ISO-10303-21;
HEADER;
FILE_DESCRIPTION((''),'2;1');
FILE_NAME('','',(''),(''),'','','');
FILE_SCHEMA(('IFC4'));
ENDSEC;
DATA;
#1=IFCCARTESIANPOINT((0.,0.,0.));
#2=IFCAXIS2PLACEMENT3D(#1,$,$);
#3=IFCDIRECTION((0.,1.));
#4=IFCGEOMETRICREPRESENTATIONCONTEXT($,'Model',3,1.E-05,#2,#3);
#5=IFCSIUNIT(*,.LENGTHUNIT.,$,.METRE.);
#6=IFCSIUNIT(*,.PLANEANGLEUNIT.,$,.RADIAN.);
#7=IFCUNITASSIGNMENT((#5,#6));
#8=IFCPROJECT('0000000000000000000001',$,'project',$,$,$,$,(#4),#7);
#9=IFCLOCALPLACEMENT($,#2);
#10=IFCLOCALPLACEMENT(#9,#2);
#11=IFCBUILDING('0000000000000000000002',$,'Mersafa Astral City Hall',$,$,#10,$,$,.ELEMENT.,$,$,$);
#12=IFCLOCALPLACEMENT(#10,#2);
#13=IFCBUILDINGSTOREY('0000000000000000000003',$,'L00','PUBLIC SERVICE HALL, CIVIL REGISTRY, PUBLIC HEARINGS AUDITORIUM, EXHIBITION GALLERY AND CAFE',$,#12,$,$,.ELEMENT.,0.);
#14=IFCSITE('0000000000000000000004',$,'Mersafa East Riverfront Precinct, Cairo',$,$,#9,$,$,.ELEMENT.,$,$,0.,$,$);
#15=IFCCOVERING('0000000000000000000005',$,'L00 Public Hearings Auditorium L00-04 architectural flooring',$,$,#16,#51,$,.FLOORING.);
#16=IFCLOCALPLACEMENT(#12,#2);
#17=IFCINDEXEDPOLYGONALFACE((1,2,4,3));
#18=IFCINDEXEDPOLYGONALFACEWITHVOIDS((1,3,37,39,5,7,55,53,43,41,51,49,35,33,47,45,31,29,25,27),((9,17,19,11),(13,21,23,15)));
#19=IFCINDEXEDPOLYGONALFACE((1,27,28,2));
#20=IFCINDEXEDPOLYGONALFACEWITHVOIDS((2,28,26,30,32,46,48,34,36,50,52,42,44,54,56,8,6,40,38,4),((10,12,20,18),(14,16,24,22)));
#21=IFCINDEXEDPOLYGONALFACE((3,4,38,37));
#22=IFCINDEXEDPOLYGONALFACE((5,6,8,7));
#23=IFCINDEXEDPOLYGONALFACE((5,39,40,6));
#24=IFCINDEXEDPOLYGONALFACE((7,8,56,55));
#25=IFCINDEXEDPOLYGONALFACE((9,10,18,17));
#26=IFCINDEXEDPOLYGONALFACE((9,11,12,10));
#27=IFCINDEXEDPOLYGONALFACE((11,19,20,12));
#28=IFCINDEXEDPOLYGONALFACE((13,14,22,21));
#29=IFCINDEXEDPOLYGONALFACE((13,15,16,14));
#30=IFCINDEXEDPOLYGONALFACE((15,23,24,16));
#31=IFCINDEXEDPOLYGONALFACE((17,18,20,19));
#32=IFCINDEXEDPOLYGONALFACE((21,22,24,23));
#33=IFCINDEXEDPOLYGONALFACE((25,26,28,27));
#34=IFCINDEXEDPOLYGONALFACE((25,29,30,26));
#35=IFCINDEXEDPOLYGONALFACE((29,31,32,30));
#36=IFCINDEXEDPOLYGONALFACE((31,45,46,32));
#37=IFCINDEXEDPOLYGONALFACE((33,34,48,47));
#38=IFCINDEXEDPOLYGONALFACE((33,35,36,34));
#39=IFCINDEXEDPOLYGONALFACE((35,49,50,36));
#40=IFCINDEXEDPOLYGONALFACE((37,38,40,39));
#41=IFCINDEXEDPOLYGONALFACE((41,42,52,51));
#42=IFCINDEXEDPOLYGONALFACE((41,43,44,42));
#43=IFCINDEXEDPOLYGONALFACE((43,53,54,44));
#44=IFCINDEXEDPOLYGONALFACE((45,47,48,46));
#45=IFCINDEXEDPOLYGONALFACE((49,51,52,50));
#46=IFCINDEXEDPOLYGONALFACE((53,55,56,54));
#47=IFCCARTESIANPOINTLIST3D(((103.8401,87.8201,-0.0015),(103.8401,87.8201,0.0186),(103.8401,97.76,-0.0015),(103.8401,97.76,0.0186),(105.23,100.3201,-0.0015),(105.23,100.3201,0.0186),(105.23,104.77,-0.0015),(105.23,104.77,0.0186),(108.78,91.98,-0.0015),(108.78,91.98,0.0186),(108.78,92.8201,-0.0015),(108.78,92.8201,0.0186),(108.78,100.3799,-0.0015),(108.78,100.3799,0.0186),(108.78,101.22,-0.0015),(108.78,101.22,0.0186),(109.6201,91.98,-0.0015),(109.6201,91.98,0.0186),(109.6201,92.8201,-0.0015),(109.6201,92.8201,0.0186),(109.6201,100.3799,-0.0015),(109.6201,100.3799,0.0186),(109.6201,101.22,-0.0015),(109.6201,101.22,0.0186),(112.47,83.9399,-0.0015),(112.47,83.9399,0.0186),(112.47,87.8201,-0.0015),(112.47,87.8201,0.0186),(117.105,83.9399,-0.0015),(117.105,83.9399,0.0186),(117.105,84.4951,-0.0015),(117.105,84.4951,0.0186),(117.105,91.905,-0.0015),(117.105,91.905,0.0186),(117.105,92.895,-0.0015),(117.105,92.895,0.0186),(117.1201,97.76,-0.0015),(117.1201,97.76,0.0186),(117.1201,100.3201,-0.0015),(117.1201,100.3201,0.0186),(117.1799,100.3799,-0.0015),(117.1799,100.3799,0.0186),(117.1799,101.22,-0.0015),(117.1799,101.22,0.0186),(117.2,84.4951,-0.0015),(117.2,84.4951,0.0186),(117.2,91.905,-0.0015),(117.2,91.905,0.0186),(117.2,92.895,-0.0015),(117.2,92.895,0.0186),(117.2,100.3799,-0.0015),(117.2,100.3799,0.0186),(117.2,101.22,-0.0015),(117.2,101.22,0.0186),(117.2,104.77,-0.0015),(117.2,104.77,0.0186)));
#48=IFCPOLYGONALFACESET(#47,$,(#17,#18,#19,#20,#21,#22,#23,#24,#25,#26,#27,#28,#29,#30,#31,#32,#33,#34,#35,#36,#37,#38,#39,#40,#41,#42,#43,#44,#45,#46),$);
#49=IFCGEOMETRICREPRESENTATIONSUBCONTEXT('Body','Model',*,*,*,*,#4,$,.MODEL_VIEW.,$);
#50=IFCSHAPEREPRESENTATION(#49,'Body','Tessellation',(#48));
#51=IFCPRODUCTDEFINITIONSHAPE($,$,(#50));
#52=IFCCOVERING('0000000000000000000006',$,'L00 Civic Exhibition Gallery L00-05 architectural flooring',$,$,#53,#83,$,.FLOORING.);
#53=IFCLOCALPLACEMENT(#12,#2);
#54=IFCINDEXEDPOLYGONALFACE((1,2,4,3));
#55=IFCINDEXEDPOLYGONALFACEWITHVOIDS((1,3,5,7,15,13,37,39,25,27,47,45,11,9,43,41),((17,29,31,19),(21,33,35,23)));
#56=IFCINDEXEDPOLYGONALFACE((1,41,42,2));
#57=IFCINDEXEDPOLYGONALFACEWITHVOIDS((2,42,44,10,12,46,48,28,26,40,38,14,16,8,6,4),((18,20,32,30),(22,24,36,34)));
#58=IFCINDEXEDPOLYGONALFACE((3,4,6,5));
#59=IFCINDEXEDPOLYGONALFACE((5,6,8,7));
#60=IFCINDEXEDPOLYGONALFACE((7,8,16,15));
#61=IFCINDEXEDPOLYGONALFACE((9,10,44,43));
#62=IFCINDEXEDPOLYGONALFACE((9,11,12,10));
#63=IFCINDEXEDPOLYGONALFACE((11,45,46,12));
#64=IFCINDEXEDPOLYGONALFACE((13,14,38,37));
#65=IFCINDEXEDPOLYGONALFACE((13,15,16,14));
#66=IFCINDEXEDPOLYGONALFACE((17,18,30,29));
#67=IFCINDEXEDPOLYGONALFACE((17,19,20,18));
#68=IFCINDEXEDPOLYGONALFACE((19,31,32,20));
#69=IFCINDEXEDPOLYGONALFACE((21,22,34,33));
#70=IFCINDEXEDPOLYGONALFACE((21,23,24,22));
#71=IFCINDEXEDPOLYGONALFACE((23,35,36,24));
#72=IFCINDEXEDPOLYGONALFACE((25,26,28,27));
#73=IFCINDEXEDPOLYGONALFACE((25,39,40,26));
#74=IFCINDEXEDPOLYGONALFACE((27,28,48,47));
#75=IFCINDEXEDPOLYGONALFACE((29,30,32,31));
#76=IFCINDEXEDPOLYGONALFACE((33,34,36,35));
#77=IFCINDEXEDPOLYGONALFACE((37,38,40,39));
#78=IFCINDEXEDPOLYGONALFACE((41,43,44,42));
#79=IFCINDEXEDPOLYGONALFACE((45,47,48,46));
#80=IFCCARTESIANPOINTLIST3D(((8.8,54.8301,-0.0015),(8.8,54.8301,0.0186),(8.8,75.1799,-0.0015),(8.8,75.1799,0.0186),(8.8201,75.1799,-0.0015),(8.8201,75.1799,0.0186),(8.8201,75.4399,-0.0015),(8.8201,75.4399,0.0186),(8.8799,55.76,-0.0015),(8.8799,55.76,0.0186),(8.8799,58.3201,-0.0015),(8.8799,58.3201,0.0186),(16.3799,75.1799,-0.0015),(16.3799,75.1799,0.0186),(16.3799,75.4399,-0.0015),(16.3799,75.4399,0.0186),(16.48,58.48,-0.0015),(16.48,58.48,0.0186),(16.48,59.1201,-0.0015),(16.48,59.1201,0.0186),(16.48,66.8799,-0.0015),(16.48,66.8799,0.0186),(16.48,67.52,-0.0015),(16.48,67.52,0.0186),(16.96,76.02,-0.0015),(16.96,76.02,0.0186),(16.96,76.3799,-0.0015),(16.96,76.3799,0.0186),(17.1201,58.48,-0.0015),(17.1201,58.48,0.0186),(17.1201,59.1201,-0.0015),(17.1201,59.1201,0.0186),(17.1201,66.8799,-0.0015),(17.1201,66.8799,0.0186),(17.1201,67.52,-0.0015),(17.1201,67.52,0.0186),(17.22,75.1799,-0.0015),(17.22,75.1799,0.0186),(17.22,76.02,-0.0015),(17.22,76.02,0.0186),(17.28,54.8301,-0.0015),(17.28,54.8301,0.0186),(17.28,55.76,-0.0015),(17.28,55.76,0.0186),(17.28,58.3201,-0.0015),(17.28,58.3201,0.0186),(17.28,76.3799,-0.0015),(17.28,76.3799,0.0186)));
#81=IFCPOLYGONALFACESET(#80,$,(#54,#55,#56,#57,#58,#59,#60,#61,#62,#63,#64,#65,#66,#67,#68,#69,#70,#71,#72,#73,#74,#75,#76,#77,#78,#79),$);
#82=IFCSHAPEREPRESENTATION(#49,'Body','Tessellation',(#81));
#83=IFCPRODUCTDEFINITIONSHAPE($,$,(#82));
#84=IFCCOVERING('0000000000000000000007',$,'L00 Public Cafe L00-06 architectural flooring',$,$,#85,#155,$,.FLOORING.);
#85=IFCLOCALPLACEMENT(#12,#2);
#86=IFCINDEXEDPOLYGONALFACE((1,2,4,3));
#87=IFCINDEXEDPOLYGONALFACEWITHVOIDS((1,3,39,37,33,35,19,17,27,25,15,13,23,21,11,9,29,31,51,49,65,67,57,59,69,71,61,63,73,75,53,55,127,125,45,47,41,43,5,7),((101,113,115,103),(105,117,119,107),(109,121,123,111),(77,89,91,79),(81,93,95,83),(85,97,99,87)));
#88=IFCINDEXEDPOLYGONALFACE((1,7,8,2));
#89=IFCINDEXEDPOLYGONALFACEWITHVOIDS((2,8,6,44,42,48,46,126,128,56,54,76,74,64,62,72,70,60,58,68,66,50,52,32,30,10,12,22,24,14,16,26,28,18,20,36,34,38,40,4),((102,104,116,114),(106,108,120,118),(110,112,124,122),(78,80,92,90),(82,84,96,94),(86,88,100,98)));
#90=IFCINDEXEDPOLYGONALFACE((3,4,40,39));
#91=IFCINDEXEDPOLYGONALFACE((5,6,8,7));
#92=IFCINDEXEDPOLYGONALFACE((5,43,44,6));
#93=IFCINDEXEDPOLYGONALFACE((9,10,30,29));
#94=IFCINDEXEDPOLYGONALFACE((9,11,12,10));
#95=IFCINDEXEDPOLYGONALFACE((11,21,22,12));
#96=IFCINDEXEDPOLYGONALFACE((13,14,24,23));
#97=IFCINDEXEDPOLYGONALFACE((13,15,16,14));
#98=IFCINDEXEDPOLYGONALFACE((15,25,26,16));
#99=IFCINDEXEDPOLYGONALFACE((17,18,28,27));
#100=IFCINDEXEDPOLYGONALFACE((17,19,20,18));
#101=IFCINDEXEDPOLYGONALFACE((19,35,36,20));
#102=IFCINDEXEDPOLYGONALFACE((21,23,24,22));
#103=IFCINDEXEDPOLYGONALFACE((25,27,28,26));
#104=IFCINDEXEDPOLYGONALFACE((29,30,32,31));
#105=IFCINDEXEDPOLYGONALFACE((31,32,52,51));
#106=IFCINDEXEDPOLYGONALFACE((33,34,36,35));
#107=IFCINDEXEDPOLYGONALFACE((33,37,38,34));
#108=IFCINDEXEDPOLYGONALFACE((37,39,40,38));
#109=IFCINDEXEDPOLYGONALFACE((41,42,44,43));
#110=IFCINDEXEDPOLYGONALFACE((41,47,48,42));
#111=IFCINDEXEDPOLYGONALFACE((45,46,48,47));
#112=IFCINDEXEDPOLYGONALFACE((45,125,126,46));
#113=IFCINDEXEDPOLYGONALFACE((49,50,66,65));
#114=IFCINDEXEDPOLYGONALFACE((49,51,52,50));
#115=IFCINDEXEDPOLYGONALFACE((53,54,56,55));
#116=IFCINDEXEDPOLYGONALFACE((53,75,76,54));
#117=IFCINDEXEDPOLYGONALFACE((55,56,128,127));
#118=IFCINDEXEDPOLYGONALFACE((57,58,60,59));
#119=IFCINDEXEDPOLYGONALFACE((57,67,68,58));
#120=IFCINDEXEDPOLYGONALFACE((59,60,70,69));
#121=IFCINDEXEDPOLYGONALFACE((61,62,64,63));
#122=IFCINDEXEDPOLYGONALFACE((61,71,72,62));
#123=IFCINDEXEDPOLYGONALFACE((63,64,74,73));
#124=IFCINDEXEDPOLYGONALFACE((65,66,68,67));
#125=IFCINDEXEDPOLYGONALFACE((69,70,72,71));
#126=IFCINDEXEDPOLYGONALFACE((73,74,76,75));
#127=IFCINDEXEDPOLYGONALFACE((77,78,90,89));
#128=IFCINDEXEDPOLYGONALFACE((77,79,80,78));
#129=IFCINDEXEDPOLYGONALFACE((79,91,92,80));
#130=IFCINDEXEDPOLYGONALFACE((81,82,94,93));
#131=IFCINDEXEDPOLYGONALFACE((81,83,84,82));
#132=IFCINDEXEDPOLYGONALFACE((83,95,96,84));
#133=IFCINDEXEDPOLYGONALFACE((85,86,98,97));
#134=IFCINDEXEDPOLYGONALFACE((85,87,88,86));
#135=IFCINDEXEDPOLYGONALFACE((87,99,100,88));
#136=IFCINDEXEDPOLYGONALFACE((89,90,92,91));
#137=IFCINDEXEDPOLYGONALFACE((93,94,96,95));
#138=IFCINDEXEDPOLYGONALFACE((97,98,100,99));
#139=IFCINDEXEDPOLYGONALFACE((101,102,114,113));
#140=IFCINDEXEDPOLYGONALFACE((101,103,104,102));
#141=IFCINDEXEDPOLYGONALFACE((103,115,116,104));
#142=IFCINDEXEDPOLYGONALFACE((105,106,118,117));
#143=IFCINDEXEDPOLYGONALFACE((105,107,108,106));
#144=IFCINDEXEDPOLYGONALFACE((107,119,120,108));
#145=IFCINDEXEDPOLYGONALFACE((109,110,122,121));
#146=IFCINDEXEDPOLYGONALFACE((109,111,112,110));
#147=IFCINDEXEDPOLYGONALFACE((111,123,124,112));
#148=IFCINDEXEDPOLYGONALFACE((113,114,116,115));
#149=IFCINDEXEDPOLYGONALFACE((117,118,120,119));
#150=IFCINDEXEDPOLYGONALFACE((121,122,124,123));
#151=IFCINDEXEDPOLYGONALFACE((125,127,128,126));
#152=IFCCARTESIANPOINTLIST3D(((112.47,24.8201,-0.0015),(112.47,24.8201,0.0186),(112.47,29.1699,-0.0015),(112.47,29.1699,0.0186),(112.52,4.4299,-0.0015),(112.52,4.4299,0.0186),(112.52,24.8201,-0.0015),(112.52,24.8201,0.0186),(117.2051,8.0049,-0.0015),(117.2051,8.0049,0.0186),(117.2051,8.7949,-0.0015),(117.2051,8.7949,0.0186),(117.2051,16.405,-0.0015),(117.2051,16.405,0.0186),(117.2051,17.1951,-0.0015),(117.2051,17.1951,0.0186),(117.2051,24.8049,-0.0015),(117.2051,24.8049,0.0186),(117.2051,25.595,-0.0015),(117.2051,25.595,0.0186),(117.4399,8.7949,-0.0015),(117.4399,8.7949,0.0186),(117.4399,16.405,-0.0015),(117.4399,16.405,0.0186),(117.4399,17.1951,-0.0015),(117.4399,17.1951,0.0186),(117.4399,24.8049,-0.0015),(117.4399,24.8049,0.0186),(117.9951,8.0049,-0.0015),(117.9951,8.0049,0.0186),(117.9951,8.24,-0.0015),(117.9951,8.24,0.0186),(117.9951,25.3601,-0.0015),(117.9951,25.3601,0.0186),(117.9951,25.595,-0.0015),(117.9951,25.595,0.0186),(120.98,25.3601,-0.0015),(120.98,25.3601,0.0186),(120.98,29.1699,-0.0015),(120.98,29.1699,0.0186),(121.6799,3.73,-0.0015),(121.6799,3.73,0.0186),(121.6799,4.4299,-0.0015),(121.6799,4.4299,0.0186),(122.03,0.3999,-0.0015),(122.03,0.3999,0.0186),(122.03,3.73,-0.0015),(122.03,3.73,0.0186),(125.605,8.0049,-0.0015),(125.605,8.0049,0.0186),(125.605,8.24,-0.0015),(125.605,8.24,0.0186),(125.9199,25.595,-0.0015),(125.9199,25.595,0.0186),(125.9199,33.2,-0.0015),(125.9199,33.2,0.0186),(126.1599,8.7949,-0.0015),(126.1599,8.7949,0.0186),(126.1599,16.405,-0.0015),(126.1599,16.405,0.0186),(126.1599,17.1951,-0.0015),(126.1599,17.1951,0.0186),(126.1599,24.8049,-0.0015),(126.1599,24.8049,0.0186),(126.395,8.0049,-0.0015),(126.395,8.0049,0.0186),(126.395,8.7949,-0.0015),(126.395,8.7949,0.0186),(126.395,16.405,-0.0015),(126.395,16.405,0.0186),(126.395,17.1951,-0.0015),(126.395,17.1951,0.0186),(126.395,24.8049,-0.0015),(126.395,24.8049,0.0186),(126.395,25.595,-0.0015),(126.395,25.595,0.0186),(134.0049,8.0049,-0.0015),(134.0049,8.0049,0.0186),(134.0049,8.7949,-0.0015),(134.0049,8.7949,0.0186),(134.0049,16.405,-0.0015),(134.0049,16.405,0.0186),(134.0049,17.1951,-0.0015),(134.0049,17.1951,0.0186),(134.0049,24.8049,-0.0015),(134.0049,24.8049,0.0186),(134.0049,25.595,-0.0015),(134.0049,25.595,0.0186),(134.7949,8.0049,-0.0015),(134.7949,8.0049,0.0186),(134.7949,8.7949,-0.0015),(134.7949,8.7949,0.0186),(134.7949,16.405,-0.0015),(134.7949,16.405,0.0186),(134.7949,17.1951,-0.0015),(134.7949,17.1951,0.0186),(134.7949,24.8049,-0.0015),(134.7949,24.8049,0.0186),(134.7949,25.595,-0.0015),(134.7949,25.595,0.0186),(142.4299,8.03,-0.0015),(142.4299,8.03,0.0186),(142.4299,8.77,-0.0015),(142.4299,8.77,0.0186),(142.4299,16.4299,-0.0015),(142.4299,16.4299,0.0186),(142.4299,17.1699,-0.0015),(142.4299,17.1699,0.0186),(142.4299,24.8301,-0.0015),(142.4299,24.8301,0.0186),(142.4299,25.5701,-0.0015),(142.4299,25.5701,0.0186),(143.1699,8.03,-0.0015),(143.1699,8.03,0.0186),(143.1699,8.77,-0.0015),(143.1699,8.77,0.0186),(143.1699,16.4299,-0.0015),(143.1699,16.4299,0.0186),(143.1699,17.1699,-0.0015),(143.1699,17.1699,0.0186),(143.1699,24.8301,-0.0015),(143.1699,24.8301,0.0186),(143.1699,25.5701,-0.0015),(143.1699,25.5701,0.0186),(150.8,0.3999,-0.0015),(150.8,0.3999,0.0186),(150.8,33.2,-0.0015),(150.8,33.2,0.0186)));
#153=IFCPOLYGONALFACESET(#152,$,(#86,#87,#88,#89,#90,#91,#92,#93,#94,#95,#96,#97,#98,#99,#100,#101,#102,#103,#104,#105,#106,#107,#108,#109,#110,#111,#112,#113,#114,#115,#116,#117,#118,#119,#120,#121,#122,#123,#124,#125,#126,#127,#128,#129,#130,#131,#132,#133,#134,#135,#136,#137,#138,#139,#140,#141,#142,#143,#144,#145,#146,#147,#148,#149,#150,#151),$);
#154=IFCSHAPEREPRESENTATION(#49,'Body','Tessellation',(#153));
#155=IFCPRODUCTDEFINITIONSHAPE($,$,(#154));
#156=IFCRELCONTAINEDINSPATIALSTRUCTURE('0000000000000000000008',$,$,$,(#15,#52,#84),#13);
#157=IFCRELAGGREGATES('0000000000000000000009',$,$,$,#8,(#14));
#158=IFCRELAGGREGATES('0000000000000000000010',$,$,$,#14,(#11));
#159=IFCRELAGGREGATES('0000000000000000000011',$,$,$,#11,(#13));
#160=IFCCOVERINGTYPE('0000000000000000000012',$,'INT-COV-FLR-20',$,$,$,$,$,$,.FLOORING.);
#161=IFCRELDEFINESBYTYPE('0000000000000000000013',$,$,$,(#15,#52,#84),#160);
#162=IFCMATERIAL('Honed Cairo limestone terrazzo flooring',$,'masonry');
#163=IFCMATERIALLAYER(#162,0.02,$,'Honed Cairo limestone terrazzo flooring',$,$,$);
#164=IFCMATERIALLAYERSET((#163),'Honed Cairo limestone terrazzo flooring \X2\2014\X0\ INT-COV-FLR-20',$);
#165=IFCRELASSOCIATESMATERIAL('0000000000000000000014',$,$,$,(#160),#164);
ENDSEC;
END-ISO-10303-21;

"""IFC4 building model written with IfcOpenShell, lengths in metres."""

from ifc_helpers import new_model, si_unit, direction, frame, origin, place, context, subcontext, project, spatial, polyline, outline, extrude, material, layer, layer_set, type_object, element, save


model = new_model("IFC4")

# Units and contexts
model_context = context("Model", 3, precision=1e-05, world=origin(), true_north=direction((0.0, 1.0)))
body_context = subcontext(model_context, "Body", "Model", "MODEL_VIEW")
ifc_project = project(units=[si_unit("LENGTHUNIT", "METRE"), si_unit("PLANEANGLEUNIT", "RADIAN")], contexts=[model_context])

# Site, building, storey
site_placement = place(None, origin())
site = spatial("IfcSite", under=ifc_project, at=site_placement, Name="Mersafa East Riverfront Precinct, Cairo", CompositionType="ELEMENT", RefElevation=0.0)
building_placement = place(site_placement, origin())
building = spatial("IfcBuilding", under=site, at=building_placement, Name="Mersafa Astral City Hall", CompositionType="ELEMENT")
storey_placement = place(building_placement, origin())
storey = spatial("IfcBuildingStorey", under=building, at=storey_placement, Name="L00", Description="PUBLIC SERVICE HALL, CIVIL REGISTRY, PUBLIC HEARINGS AUDITORIUM, EXHIBITION GALLERY AND CAFE", CompositionType="ELEMENT", Elevation=0.0)

# Coverings
ifc_material_1 = material(Name="Honed Cairo limestone terrazzo flooring", Category="masonry")
ifc_layer_1 = layer(ifc_material_1, 0.02, Name="Honed Cairo limestone terrazzo flooring")
ifc_layer_set_1 = layer_set([ifc_layer_1], Name="Honed Cairo limestone terrazzo flooring — INT-COV-FLR-20")
covering_type = type_object("IfcCoveringType", Name="INT-COV-FLR-20", PredefinedType="FLOORING", material=ifc_layer_set_1)
covering_1_placement = place(storey_placement, frame((0.0, 0.0, -0.0015)))
element("IfcCovering", 1, at=covering_1_placement, inside=storey, type_object=covering_type, Name="L00 Public Hearings Auditorium L00-04 architectural flooring", PredefinedType="FLOORING", context=body_context, shape_type="SweptSolid", body=[
    extrude(outline(polyline([(117.1201, 100.3201), (105.23, 100.3201), (105.23, 104.77), (117.2, 104.77), (117.2, 101.22), (117.1799, 101.22), (117.1799, 100.3799), (117.2, 100.3799), (117.2, 92.895), (117.105, 92.895), (117.105, 91.905), (117.2, 91.905), (117.2, 84.4951), (117.105, 84.4951), (117.105, 83.9399), (112.47, 83.9399), (112.47, 87.8201), (103.8401, 87.8201), (103.8401, 97.76), (117.1201, 97.76), (117.1201, 100.3201)]), holes=[polyline([(108.78, 91.98), (109.6201, 91.98), (109.6201, 92.8201), (108.78, 92.8201), (108.78, 91.98)]), polyline([(108.78, 100.3799), (109.6201, 100.3799), (109.6201, 101.22), (108.78, 101.22), (108.78, 100.3799)])]), origin(), (0.0, 0.0, 1.0), 0.02),
])
covering_2_placement = place(storey_placement, frame((0.0, 0.0, -0.0015)))
element("IfcCovering", 2, at=covering_2_placement, inside=storey, type_object=covering_type, Name="L00 Civic Exhibition Gallery L00-05 architectural flooring", PredefinedType="FLOORING", context=body_context, shape_type="SweptSolid", body=[
    extrude(outline(polyline([(8.8201, 75.1799), (8.8201, 75.4399), (16.3799, 75.4399), (16.3799, 75.1799), (17.22, 75.1799), (17.22, 76.02), (16.96, 76.02), (16.96, 76.3799), (17.28, 76.3799), (17.28, 58.3201), (8.8799, 58.3201), (8.8799, 55.76), (17.28, 55.76), (17.28, 54.8301), (8.8, 54.8301), (8.8, 75.1799), (8.8201, 75.1799)]), holes=[polyline([(16.48, 58.48), (17.1201, 58.48), (17.1201, 59.1201), (16.48, 59.1201), (16.48, 58.48)]), polyline([(16.48, 66.8799), (17.1201, 66.8799), (17.1201, 67.52), (16.48, 67.52), (16.48, 66.8799)])]), origin(), (0.0, 0.0, 1.0), 0.02),
])
covering_3_placement = place(storey_placement, frame((0.0, 0.0, -0.0015)))
element("IfcCovering", 3, at=covering_3_placement, inside=storey, type_object=covering_type, Name="L00 Public Cafe L00-06 architectural flooring", PredefinedType="FLOORING", context=body_context, shape_type="SweptSolid", body=[
    extrude(outline(polyline([(112.47, 29.1699), (120.98, 29.1699), (120.98, 25.3601), (117.9951, 25.3601), (117.9951, 25.595), (117.2051, 25.595), (117.2051, 24.8049), (117.4399, 24.8049), (117.4399, 17.1951), (117.2051, 17.1951), (117.2051, 16.405), (117.4399, 16.405), (117.4399, 8.7949), (117.2051, 8.7949), (117.2051, 8.0049), (117.9951, 8.0049), (117.9951, 8.24), (125.605, 8.24), (125.605, 8.0049), (126.395, 8.0049), (126.395, 8.7949), (126.1599, 8.7949), (126.1599, 16.405), (126.395, 16.405), (126.395, 17.1951), (126.1599, 17.1951), (126.1599, 24.8049), (126.395, 24.8049), (126.395, 25.595), (125.9199, 25.595), (125.9199, 33.2), (150.8, 33.2), (150.8, 0.3999), (122.03, 0.3999), (122.03, 3.73), (121.6799, 3.73), (121.6799, 4.4299), (112.52, 4.4299), (112.52, 24.8201), (112.47, 24.8201), (112.47, 29.1699)]), holes=[polyline([(142.4299, 8.03), (143.1699, 8.03), (143.1699, 8.77), (142.4299, 8.77), (142.4299, 8.03)]), polyline([(142.4299, 16.4299), (143.1699, 16.4299), (143.1699, 17.1699), (142.4299, 17.1699), (142.4299, 16.4299)]), polyline([(142.4299, 24.8301), (143.1699, 24.8301), (143.1699, 25.5701), (142.4299, 25.5701), (142.4299, 24.8301)]), polyline([(134.7949, 8.0049), (134.7949, 8.7949), (134.0049, 8.7949), (134.0049, 8.0049), (134.7949, 8.0049)]), polyline([(134.0049, 16.405), (134.7949, 16.405), (134.7949, 17.1951), (134.0049, 17.1951), (134.0049, 16.405)]), polyline([(134.0049, 24.8049), (134.7949, 24.8049), (134.7949, 25.595), (134.0049, 25.595), (134.0049, 24.8049)])]), origin(), (0.0, 0.0, 1.0), 0.02),
])

save(model, "model.ifc")
